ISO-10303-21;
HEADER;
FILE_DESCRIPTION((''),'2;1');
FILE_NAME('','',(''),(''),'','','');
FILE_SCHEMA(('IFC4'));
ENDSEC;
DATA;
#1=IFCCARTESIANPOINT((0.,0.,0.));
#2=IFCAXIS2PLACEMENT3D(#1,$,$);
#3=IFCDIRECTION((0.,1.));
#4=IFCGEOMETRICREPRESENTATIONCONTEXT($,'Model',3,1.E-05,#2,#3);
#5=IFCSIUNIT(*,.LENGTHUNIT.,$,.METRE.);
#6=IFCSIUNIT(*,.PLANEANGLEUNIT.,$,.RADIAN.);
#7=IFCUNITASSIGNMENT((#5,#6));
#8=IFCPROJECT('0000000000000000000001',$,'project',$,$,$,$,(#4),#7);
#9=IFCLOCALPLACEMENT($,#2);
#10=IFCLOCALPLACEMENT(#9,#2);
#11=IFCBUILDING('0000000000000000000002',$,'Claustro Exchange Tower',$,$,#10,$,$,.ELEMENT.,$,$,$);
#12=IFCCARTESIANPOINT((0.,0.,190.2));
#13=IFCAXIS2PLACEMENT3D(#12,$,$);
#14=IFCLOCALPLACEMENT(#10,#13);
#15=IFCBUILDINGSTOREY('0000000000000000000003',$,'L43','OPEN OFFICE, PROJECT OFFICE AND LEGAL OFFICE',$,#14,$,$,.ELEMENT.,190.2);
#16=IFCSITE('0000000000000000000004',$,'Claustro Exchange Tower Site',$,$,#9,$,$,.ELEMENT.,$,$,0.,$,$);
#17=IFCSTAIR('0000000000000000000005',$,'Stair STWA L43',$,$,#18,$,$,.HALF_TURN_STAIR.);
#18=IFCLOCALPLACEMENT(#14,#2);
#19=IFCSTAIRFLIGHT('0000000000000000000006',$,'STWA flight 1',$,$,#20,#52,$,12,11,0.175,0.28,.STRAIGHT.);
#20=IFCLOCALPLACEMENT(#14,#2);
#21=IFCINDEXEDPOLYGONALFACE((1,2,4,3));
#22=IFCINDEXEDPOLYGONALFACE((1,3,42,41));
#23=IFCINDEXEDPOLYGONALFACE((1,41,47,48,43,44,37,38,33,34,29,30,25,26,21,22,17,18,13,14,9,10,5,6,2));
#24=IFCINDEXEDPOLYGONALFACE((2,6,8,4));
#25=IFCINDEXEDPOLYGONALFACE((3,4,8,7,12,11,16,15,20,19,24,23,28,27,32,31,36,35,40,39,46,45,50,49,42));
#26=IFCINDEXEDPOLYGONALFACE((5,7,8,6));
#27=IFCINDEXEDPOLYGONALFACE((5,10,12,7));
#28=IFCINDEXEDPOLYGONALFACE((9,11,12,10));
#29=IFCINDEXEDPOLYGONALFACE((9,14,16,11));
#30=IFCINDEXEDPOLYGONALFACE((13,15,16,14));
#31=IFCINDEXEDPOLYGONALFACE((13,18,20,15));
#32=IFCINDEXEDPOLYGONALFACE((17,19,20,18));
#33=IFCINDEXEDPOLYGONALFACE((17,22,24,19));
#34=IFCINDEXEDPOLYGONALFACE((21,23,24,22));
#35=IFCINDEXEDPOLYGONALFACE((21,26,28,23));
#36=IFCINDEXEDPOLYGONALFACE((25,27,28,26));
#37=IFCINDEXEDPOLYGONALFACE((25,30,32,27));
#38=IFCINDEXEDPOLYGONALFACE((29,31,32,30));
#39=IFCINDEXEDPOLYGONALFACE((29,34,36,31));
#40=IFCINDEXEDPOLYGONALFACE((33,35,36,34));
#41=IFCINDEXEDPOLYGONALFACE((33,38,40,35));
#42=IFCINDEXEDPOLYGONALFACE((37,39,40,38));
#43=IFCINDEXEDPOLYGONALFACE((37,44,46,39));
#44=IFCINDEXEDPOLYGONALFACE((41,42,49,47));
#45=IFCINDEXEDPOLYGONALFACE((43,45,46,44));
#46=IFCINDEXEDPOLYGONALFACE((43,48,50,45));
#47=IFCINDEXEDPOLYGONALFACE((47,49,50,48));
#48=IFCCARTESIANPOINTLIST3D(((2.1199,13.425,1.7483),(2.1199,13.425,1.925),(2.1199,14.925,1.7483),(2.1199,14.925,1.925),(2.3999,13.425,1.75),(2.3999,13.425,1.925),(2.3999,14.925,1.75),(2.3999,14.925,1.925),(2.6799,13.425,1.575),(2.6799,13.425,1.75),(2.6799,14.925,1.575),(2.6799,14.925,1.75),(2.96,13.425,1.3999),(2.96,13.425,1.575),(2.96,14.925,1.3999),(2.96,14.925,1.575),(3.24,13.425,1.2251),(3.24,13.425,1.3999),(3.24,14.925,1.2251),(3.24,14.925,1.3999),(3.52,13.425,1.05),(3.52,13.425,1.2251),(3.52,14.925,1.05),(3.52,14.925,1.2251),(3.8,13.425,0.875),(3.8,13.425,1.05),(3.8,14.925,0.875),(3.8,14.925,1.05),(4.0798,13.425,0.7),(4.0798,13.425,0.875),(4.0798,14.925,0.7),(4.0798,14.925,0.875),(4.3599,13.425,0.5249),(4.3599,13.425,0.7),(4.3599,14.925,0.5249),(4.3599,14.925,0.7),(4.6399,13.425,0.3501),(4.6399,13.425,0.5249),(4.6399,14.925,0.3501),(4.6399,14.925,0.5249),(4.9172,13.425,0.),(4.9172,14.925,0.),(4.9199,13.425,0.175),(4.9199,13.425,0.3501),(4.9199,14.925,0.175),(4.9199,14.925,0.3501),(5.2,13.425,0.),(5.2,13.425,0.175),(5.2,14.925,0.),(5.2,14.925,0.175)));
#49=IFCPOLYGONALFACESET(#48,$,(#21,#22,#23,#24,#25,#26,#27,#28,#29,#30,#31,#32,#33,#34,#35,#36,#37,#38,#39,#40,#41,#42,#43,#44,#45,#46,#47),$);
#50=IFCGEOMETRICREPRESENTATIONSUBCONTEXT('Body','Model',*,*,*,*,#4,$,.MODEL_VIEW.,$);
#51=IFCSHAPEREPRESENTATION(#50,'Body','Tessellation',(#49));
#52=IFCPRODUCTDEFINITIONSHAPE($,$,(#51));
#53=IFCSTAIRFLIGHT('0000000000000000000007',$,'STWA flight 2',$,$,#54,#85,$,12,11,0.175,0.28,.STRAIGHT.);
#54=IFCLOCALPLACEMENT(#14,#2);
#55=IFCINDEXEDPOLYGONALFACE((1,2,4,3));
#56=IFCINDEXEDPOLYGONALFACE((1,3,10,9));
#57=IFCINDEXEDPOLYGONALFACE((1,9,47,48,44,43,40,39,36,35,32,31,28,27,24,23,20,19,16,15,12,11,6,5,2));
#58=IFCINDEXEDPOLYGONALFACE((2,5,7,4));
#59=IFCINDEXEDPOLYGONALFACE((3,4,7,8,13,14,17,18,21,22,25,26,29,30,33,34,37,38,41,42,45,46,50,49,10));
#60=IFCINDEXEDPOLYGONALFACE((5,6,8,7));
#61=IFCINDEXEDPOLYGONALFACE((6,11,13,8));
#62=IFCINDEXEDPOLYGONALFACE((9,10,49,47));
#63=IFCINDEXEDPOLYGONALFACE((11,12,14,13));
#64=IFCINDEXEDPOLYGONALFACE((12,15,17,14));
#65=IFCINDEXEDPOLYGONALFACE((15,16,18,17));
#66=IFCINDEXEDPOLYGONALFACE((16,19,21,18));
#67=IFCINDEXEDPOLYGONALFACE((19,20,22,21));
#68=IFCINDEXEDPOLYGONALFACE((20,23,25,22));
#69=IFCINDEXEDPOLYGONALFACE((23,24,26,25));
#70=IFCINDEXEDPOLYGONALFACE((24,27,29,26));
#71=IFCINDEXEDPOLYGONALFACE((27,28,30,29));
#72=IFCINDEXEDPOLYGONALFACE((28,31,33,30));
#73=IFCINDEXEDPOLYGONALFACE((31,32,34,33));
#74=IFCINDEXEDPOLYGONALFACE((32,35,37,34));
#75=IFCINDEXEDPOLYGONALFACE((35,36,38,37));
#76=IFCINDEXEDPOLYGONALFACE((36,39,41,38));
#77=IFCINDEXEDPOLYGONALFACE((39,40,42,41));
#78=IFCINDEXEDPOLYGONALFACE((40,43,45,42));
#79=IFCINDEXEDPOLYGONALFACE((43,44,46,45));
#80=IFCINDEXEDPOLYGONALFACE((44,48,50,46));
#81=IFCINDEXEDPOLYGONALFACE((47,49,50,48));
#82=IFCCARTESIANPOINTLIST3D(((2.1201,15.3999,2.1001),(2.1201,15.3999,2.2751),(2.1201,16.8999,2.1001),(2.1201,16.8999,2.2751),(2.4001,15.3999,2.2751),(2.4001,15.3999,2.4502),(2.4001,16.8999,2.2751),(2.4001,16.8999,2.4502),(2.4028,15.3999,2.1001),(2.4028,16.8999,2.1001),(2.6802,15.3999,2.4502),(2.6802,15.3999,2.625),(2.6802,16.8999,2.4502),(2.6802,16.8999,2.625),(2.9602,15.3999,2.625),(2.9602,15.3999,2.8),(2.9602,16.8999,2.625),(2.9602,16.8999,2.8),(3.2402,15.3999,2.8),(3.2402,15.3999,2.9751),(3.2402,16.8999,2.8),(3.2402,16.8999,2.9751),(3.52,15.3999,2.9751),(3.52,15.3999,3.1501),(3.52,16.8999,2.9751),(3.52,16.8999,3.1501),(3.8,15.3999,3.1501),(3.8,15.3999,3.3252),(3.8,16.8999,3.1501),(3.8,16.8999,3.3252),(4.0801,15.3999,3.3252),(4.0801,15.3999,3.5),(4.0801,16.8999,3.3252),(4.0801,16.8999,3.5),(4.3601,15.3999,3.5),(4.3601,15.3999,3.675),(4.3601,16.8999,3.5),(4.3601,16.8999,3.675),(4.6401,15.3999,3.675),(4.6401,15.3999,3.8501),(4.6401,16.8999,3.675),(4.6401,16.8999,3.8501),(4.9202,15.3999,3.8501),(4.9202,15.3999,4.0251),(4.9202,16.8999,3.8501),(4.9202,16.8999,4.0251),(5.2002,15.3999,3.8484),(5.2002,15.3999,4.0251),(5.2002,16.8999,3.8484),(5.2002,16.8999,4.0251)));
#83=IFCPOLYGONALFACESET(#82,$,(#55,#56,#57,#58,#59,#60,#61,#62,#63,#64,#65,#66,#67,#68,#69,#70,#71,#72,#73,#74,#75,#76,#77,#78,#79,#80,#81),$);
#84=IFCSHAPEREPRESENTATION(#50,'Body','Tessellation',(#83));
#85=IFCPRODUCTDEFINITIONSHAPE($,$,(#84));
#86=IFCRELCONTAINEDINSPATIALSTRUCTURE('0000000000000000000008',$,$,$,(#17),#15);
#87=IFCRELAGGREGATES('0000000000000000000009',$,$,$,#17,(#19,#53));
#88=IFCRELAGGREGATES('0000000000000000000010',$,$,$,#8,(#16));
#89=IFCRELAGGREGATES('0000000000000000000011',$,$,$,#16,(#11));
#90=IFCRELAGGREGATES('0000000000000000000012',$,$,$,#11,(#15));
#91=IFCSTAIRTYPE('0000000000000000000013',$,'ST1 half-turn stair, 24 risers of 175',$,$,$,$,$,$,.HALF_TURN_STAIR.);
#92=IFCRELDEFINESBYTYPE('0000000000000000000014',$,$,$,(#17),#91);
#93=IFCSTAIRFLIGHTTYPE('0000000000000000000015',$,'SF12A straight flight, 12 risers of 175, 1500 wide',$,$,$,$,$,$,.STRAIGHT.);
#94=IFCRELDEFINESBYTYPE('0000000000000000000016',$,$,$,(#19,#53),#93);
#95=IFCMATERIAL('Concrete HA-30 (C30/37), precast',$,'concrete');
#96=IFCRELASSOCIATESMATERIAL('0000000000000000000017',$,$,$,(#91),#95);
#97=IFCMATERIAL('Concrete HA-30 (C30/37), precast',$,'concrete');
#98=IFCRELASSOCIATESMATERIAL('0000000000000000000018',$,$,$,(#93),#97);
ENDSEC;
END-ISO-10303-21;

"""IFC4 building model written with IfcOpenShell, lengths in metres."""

from ifc_helpers import new_model, si_unit, direction, frame, origin, place, context, subcontext, project, spatial, polyline, outline, extrude, material, type_object, element, aggregate, save


model = new_model("IFC4")

# Units and contexts
model_context = context("Model", 3, precision=1e-05, world=origin(), true_north=direction((0.0, 1.0)))
body_context = subcontext(model_context, "Body", "Model", "MODEL_VIEW")
ifc_project = project(units=[si_unit("LENGTHUNIT", "METRE"), si_unit("PLANEANGLEUNIT", "RADIAN")], contexts=[model_context])

# Site, building, storey
site_placement = place(None, origin())
site = spatial("IfcSite", under=ifc_project, at=site_placement, Name="Claustro Exchange Tower Site", CompositionType="ELEMENT", RefElevation=0.0)
building_placement = place(site_placement, origin())
building = spatial("IfcBuilding", under=site, at=building_placement, Name="Claustro Exchange Tower", CompositionType="ELEMENT")
storey_placement = place(building_placement, frame((0.0, 0.0, 190.2)))
storey = spatial("IfcBuildingStorey", under=building, at=storey_placement, Name="L43", Description="OPEN OFFICE, PROJECT OFFICE AND LEGAL OFFICE", CompositionType="ELEMENT", Elevation=190.2)

# Stair, stair flights
ifc_material_1 = material(Name="Concrete HA-30 (C30/37), precast", Category="concrete")
stair_type = type_object("IfcStairType", Name="ST1 half-turn stair, 24 risers of 175", PredefinedType="HALF_TURN_STAIR", material=ifc_material_1)
stair_placement = place(storey_placement, origin())
stair = element("IfcStair", 1, at=stair_placement, inside=storey, type_object=stair_type, Name="Stair STWA L43", PredefinedType="HALF_TURN_STAIR")
ifc_material_2 = material(Name="Concrete HA-30 (C30/37), precast", Category="concrete")
stair_flight_type = type_object("IfcStairFlightType", Name="SF12A straight flight, 12 risers of 175, 1500 wide", PredefinedType="STRAIGHT", material=ifc_material_2)
stair_flight_1_placement = place(storey_placement, frame((5.2, 14.175, 0.0), z_axis=(0.0, 0.0, 1.0), x_axis=(-1.0, 0.0, 0.0)))
stair_flight_1 = element("IfcStairFlight", 2, at=stair_flight_1_placement, type_object=stair_flight_type, Name="STWA flight 1", NumberOfRisers=12, NumberOfTreads=11, PredefinedType="STRAIGHT", RiserHeight=0.175, TreadLength=0.28, context=body_context, shape_type="SweptSolid", body=[
    extrude(outline(polyline([(0.0, 0.0), (0.0, 0.175), (0.28, 0.175), (0.28, 0.3501), (0.5601, 0.3501), (0.5601, 0.5249), (0.8401, 0.5249), (0.8401, 0.7), (1.1201, 0.7), (1.1201, 0.875), (1.3999, 0.875), (1.3999, 1.05), (1.6799, 1.05), (1.6799, 1.2251), (1.96, 1.2251), (1.96, 1.3999), (2.24, 1.3999), (2.24, 1.575), (2.52, 1.575), (2.52, 1.75), (2.8, 1.75), (2.8, 1.925), (3.0801, 1.925), (3.0801, 2.1001), (3.0801, 1.7483), (0.2827, 0.0), (0.0, 0.0)])), frame((0.0, 0.75, 0.0), z_axis=(0.0, -1.0, 0.0), x_axis=(1.0, 0.0, 0.0)), (0.0, 0.0, 1.0), 1.5),
])
stair_flight_2_placement = place(storey_placement, frame((2.1201, 16.1499, 2.1001), z_axis=(0.0, 0.0, 1.0), x_axis=(1.0, 0.0, 0.0)))
stair_flight_2 = element("IfcStairFlight", 3, at=stair_flight_2_placement, type_object=stair_flight_type, Name="STWA flight 2", NumberOfRisers=12, NumberOfTreads=11, PredefinedType="STRAIGHT", RiserHeight=0.175, TreadLength=0.28, context=body_context, shape_type="SweptSolid", body=[
    extrude(outline(polyline([(0.0, 0.0), (0.0, 0.175), (0.28, 0.175), (0.28, 0.3501), (0.5601, 0.3501), (0.5601, 0.5249), (0.8401, 0.5249), (0.8401, 0.7), (1.1201, 0.7), (1.1201, 0.875), (1.3999, 0.875), (1.3999, 1.05), (1.6799, 1.05), (1.6799, 1.2251), (1.96, 1.2251), (1.96, 1.3999), (2.24, 1.3999), (2.24, 1.575), (2.52, 1.575), (2.52, 1.75), (2.8, 1.75), (2.8, 1.925), (3.0801, 1.925), (3.0801, 2.1001), (3.0801, 1.7483), (0.2827, 0.0), (0.0, 0.0)])), frame((0.0, 0.75, 0.0), z_axis=(0.0, -1.0, 0.0), x_axis=(1.0, 0.0, 0.0)), (0.0, 0.0, 1.0), 1.5),
])
aggregate(stair, [stair_flight_1, stair_flight_2])

save(model, "model.ifc")
